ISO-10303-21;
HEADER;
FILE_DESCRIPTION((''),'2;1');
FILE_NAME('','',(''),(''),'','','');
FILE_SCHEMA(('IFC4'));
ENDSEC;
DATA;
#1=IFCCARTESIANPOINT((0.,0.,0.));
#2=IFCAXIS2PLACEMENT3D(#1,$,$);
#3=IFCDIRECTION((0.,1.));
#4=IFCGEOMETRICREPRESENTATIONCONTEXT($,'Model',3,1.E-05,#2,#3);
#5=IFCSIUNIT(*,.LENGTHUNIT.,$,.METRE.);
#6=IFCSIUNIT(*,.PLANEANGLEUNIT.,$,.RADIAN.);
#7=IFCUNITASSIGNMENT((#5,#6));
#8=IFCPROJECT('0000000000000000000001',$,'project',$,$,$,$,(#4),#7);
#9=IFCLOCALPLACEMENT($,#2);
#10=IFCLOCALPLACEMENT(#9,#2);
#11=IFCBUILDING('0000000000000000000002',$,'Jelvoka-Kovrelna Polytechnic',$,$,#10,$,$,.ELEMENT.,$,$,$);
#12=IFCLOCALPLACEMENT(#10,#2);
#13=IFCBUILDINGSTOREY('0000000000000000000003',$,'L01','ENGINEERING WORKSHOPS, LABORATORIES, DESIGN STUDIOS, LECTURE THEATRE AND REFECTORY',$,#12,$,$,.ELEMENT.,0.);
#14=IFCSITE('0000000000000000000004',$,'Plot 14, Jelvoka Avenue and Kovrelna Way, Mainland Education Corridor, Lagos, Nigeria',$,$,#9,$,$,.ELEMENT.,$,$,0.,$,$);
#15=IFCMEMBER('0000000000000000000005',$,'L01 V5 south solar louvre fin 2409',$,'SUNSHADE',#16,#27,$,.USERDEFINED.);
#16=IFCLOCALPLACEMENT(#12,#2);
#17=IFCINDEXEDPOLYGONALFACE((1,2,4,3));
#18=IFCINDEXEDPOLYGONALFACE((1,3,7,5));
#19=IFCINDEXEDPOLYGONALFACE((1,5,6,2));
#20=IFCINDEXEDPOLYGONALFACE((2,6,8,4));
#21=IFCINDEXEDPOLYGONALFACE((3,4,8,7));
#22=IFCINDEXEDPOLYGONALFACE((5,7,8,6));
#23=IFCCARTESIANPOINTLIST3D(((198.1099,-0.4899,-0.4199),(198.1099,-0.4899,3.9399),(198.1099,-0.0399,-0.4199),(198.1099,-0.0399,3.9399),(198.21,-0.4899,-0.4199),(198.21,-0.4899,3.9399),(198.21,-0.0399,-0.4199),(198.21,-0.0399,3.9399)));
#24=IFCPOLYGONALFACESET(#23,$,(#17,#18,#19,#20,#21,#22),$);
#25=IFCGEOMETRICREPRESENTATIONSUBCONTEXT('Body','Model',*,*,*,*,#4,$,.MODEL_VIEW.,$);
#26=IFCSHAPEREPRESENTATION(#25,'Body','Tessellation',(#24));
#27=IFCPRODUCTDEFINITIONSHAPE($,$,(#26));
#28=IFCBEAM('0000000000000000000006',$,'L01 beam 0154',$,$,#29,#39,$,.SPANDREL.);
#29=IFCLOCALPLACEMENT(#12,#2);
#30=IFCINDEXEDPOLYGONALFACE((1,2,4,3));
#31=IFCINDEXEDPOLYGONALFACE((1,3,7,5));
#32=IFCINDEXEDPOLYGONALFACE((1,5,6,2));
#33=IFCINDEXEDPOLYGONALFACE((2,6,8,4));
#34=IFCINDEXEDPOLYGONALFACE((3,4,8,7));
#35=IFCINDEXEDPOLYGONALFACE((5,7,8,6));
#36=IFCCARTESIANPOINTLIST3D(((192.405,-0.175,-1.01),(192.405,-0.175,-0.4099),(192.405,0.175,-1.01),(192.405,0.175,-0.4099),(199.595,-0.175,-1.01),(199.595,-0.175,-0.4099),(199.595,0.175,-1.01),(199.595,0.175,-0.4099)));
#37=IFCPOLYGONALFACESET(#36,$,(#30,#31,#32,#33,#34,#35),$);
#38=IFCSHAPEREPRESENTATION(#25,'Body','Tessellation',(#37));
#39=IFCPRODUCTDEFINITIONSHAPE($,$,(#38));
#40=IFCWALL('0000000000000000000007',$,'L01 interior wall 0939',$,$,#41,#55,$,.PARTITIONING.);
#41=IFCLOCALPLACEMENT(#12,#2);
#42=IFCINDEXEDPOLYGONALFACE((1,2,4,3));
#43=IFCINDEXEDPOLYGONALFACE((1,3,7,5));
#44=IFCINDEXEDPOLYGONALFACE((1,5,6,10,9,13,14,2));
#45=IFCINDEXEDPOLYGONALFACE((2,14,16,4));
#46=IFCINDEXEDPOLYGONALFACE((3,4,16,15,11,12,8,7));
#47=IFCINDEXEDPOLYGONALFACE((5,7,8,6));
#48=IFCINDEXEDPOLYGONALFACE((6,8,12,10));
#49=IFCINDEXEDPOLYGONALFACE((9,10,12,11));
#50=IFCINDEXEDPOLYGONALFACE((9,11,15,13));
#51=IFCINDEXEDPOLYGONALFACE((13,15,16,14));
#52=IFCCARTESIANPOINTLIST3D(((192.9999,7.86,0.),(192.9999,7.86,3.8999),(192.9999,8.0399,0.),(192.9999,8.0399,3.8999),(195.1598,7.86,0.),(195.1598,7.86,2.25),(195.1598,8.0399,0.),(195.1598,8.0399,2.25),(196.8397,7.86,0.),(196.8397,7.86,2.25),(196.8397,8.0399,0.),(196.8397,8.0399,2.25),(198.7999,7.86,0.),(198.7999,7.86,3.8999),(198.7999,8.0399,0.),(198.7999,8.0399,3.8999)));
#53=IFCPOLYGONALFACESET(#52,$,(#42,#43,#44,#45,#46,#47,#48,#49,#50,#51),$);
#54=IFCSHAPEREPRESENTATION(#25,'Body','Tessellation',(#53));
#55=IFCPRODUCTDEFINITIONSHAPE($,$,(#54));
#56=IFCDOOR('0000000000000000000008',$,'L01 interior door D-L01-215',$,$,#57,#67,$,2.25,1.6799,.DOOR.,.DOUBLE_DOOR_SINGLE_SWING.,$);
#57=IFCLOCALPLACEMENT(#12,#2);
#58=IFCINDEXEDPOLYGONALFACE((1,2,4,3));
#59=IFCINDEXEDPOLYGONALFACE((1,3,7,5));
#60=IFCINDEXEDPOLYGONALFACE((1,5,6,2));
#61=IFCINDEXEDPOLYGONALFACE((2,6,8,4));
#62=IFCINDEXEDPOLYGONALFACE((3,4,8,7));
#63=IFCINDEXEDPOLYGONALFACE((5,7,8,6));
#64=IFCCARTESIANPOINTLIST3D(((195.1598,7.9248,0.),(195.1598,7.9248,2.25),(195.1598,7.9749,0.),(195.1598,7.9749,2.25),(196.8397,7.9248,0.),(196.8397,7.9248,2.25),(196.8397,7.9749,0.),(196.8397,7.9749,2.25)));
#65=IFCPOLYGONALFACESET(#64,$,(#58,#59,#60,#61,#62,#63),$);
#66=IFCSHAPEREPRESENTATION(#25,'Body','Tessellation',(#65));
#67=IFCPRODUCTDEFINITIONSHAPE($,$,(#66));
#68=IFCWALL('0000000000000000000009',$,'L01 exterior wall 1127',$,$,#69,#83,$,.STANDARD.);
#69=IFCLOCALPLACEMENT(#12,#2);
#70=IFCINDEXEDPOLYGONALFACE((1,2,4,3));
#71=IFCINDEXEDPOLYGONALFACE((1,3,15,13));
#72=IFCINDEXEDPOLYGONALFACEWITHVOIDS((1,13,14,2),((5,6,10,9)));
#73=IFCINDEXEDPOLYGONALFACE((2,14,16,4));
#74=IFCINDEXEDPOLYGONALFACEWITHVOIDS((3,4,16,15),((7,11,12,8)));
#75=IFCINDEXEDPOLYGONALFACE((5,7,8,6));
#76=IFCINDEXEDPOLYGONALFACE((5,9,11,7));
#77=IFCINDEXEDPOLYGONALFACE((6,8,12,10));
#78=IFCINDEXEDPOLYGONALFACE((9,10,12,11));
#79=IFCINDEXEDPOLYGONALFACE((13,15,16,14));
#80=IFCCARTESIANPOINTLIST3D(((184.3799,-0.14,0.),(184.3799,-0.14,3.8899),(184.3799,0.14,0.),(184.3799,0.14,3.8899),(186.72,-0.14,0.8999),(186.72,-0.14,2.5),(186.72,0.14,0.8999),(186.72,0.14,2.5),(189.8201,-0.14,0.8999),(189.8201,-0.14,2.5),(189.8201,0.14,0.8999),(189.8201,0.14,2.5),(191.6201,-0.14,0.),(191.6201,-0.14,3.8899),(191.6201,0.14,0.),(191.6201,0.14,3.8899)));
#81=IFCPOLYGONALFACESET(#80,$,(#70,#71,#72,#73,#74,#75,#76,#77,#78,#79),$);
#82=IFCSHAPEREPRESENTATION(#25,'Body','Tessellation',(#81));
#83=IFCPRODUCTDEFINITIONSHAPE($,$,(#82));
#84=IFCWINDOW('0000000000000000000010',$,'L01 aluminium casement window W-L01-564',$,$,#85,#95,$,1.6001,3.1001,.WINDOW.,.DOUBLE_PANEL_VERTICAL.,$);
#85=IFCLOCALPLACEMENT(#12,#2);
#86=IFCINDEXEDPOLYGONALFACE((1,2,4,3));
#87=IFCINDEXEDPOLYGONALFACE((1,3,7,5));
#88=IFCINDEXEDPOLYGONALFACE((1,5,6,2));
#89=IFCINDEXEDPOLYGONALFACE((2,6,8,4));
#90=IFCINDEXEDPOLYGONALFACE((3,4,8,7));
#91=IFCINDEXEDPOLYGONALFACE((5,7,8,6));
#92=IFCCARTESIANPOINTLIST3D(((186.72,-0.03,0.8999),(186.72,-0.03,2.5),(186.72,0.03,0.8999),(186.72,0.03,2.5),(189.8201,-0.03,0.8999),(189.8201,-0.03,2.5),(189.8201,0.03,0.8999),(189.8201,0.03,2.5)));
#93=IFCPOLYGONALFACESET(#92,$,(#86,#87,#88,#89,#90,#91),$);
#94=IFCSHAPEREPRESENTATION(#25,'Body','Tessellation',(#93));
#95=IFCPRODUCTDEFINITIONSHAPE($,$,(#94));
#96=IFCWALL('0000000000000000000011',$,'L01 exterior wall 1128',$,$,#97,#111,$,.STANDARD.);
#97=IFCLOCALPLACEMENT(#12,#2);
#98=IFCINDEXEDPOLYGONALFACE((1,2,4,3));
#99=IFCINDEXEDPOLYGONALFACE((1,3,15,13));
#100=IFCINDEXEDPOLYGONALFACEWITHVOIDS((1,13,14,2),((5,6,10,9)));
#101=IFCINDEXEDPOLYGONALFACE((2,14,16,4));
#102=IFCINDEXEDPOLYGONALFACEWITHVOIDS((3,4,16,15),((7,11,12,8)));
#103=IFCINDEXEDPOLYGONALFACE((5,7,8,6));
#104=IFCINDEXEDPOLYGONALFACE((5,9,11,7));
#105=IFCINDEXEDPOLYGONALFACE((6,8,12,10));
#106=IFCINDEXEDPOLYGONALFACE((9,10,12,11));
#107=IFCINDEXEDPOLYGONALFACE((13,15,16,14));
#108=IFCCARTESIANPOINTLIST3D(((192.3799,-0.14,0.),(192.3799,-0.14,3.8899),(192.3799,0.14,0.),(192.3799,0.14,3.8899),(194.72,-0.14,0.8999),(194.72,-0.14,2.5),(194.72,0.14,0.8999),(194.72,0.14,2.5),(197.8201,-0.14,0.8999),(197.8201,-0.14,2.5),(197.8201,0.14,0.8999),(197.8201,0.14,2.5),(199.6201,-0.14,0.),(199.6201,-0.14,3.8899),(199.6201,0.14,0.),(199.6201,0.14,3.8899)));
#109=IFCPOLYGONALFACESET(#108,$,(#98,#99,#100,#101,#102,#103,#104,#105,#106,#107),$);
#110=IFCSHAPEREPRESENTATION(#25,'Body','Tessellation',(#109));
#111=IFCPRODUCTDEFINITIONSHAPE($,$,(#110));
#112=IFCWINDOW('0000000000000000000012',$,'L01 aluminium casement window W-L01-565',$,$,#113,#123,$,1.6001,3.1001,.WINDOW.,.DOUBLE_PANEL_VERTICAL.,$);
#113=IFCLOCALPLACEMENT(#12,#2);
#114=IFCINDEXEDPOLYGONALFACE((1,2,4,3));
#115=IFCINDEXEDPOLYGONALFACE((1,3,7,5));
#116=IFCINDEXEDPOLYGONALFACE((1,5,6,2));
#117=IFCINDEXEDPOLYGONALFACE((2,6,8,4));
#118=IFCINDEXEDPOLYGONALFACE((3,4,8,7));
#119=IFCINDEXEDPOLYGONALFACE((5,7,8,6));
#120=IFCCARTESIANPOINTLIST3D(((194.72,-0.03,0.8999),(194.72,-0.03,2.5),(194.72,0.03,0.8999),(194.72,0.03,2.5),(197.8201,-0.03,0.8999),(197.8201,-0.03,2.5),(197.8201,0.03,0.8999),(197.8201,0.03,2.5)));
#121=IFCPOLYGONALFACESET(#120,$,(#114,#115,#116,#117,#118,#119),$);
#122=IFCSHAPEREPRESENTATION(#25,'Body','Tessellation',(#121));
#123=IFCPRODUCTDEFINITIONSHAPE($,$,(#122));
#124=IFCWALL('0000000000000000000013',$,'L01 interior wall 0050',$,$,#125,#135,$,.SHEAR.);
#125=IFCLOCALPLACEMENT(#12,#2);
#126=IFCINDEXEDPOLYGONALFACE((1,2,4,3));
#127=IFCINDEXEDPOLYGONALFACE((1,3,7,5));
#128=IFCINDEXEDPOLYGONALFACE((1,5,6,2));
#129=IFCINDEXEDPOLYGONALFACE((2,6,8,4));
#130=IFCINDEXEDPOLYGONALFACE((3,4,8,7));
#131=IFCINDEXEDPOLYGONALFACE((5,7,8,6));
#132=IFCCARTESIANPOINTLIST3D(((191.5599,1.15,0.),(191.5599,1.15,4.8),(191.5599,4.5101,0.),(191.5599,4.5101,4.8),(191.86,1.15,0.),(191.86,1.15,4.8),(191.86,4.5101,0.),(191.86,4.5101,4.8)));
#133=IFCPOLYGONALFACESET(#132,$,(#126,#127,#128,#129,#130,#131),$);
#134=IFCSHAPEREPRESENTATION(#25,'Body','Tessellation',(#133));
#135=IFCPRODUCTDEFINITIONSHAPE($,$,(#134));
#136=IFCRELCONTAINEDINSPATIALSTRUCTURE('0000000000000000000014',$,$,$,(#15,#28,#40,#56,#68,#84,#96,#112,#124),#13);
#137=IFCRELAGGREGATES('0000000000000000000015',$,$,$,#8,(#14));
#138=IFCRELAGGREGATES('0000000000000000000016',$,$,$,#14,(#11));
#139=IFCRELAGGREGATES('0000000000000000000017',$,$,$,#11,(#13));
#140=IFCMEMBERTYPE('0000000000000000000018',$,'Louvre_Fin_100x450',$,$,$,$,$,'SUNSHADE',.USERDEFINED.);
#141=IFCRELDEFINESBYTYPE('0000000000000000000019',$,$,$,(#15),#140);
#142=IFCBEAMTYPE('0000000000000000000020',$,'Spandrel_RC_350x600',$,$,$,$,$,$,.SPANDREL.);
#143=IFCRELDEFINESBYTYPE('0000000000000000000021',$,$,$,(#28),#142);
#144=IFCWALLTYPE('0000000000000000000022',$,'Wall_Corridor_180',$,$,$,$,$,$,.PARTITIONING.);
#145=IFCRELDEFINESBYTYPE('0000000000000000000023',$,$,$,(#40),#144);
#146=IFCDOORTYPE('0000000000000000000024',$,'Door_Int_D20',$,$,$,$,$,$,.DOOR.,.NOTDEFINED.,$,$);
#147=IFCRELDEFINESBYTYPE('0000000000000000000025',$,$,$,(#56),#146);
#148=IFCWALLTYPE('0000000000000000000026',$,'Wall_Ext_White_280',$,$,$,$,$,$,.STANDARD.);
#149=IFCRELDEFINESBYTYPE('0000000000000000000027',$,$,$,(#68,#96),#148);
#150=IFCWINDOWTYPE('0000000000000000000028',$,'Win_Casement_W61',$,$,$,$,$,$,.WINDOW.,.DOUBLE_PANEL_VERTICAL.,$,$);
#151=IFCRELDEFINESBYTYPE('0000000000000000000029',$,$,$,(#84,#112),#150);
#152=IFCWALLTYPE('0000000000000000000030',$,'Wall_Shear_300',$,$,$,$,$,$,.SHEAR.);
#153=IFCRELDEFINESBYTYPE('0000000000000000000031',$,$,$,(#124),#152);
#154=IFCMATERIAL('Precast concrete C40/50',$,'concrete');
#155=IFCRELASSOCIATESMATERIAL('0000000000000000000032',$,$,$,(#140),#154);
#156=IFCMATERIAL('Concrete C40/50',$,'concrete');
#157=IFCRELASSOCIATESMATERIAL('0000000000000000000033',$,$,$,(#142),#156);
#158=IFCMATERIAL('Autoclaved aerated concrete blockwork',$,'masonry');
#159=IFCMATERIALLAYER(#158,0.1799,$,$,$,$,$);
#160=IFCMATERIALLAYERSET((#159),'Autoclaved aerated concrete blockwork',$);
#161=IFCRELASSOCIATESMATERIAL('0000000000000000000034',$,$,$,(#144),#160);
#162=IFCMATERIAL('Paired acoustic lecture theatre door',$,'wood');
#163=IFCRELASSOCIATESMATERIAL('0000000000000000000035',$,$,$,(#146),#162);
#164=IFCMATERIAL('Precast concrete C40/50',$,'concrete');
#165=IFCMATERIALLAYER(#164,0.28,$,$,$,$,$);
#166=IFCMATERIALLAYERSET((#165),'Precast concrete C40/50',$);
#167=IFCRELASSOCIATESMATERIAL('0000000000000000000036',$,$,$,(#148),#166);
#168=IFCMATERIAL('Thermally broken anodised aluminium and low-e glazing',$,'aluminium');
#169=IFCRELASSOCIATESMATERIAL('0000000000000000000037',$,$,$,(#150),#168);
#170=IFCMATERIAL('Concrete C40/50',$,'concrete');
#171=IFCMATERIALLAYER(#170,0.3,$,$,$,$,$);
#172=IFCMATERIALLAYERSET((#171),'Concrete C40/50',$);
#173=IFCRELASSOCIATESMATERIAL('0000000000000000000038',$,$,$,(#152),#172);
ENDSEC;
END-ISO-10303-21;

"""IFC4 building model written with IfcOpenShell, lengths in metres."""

from ifc_helpers import new_model, si_unit, direction, frame, frame_2d, origin, origin_2d, place, context, subcontext, project, spatial, rectangle, extrude, material, layer, layer_set, material_profile, profile_set, type_object, element, fill, save


model = new_model("IFC4")

# Units and contexts
model_context = context("Model", 3, precision=1e-05, world=origin(), true_north=direction((0.0, 1.0)))
body_context = subcontext(model_context, "Body", "Model", "MODEL_VIEW")
ifc_project = project(units=[si_unit("LENGTHUNIT", "METRE"), si_unit("PLANEANGLEUNIT", "RADIAN")], contexts=[model_context])

# Site, building, storey
site_placement = place(None, origin())
site = spatial("IfcSite", under=ifc_project, at=site_placement, Name="Plot 14, Jelvoka Avenue and Kovrelna Way, Mainland Education Corridor, Lagos, Nigeria", CompositionType="ELEMENT", RefElevation=0.0)
building_placement = place(site_placement, origin())
building = spatial("IfcBuilding", under=site, at=building_placement, Name="Jelvoka-Kovrelna Polytechnic", CompositionType="ELEMENT")
storey_placement = place(building_placement, origin())
storey = spatial("IfcBuildingStorey", under=building, at=storey_placement, Name="L01", Description="ENGINEERING WORKSHOPS, LABORATORIES, DESIGN STUDIOS, LECTURE THEATRE AND REFECTORY", CompositionType="ELEMENT", Elevation=0.0)

# Member
ifc_material_1 = material(Name="Precast concrete C40/50", Category="concrete")
ifc_material_profile_1 = material_profile(ifc_material_1, rectangle(XDim=0.1001, YDim=0.45, at=origin_2d()), Name="PC 100x450")
ifc_profile_set_1 = profile_set([ifc_material_profile_1], Name="Precast concrete C40/50")
member_type = type_object("IfcMemberType", Name="Louvre_Fin_100x450", ElementType="SUNSHADE", PredefinedType="USERDEFINED", material=ifc_profile_set_1)
for number, where, z_axis, x_axis, name in (
    (1, (198.1599, -0.2649, -0.4199), (0.0, 0.0, 1.0), (1.0, 0.0, 0.0), "L01 V5 south solar louvre fin 2409"),
):
    element("IfcMember", number, at=place(storey_placement, frame(where, z_axis=z_axis, x_axis=x_axis)), inside=storey, type_object=member_type, Name=name, ObjectType="SUNSHADE", PredefinedType="USERDEFINED", context=body_context, shape_type="SweptSolid", body=[
        extrude(rectangle(XDim=0.1001, YDim=0.45, at=origin_2d()), origin(), (0.0, 0.0, 1.0), 4.3599),
    ])

# Beam
ifc_material_2 = material(Name="Concrete C40/50", Category="concrete")
ifc_material_profile_2 = material_profile(ifc_material_2, rectangle(XDim=0.3501, YDim=0.6001, at=origin_2d()), Name="RC 350x600")
ifc_profile_set_2 = profile_set([ifc_material_profile_2], Name="Concrete C40/50")
beam_type_1 = type_object("IfcBeamType", Name="Spandrel_RC_350x600", PredefinedType="SPANDREL", material=ifc_profile_set_2)
beam_1_placement = place(storey_placement, frame((192.405, 0.0, -0.71), z_axis=(1.0, 0.0, 0.0), x_axis=(0.0, 1.0, 0.0)))
element("IfcBeam", 2, at=beam_1_placement, inside=storey, type_object=beam_type_1, Name="L01 beam 0154", PredefinedType="SPANDREL", context=body_context, shape_type="SweptSolid", body=[
    extrude(rectangle(XDim=0.3501, YDim=0.6001, at=origin_2d()), origin(), (0.0, 0.0, 1.0), 7.1899),
])

# Wall, opening, door
ifc_material_3 = material(Name="Autoclaved aerated concrete blockwork", Category="masonry")
ifc_layer_1 = layer(ifc_material_3, 0.1799)
ifc_layer_set_1 = layer_set([ifc_layer_1], Name="Autoclaved aerated concrete blockwork")
wall_type_1 = type_object("IfcWallType", Name="Wall_Corridor_180", PredefinedType="PARTITIONING", material=ifc_layer_set_1)
wall_1_placement = place(storey_placement, frame((193.0, 7.95, 0.0), z_axis=(0.0, 0.0, 1.0), x_axis=(1.0, 0.0, 0.0)))
wall_1 = element("IfcWall", 3, at=wall_1_placement, inside=storey, type_object=wall_type_1, Name="L01 interior wall 0939", PredefinedType="PARTITIONING", context=body_context, shape_type="SweptSolid", body=[
    extrude(rectangle(XDim=5.8, YDim=0.1799, at=frame_2d((2.8999, 0.0))), origin(), (0.0, 0.0, 1.0), 3.8999),
])
opening_1_placement = place(wall_1_placement, frame((2.1599, 0.0, 0.0)))
opening_1 = element("IfcOpeningElement", 4, at=opening_1_placement, cuts=wall_1, PredefinedType="OPENING", context=body_context, shape_type="SweptSolid", body=[
    extrude(rectangle(XDim=1.6799, YDim=2.25, at=frame_2d((0.8398, 1.125))), frame((0.0, 0.0999, 0.0), z_axis=(0.0, -1.0, 0.0), x_axis=(1.0, 0.0, 0.0)), (0.0, 0.0, 1.0), 0.2),
])
ifc_material_4 = material(Name="Paired acoustic lecture theatre door", Category="wood")
door_type = type_object("IfcDoorType", Name="Door_Int_D20", OperationType="NOTDEFINED", PredefinedType="DOOR", material=ifc_material_4)
door_placement = place(opening_1_placement, origin())
door = element("IfcDoor", 5, at=door_placement, inside=storey, type_object=door_type, Name="L01 interior door D-L01-215", OperationType="DOUBLE_DOOR_SINGLE_SWING", OverallHeight=2.25, OverallWidth=1.6799, PredefinedType="DOOR", context=body_context, shape_type="SweptSolid", body=[
    extrude(rectangle(XDim=1.6799, YDim=2.25, at=frame_2d((0.8398, 1.125))), frame((0.0, 0.0249, 0.0), z_axis=(0.0, -1.0, 0.0), x_axis=(1.0, 0.0, 0.0)), (0.0, 0.0, 1.0), 0.05),
])
fill(opening_1, door)

# Walls, openings, windows
ifc_material_5 = material(Name="Precast concrete C40/50", Category="concrete")
ifc_layer_2 = layer(ifc_material_5, 0.28)
ifc_layer_set_2 = layer_set([ifc_layer_2], Name="Precast concrete C40/50")
wall_type_2 = type_object("IfcWallType", Name="Wall_Ext_White_280", PredefinedType="STANDARD", material=ifc_layer_set_2)
wall_2_placement = place(storey_placement, frame((191.6201, 0.0, 0.0), z_axis=(0.0, 0.0, 1.0), x_axis=(-1.0, 0.0, 0.0)))
wall_2 = element("IfcWall", 6, at=wall_2_placement, inside=storey, type_object=wall_type_2, Name="L01 exterior wall 1127", PredefinedType="STANDARD", context=body_context, shape_type="SweptSolid", body=[
    extrude(rectangle(XDim=7.2402, YDim=0.28, at=frame_2d((3.6201, 0.0))), origin(), (0.0, 0.0, 1.0), 3.8899),
])
opening_2_placement = place(wall_2_placement, frame((1.8, 0.0, 0.8999)))
opening_2 = element("IfcOpeningElement", 7, at=opening_2_placement, cuts=wall_2, PredefinedType="OPENING", context=body_context, shape_type="SweptSolid", body=[
    extrude(rectangle(XDim=3.1001, YDim=1.6001, at=frame_2d((1.55, 0.8))), frame((0.0, 0.1501, 0.0), z_axis=(0.0, -1.0, 0.0), x_axis=(1.0, 0.0, 0.0)), (0.0, 0.0, 1.0), 0.3),
])
ifc_material_6 = material(Name="Thermally broken anodised aluminium and low-e glazing", Category="aluminium")
window_type = type_object("IfcWindowType", Name="Win_Casement_W61", PartitioningType="DOUBLE_PANEL_VERTICAL", PredefinedType="WINDOW", material=ifc_material_6)
window_1_placement = place(opening_2_placement, origin())
window_1 = element("IfcWindow", 8, at=window_1_placement, inside=storey, type_object=window_type, Name="L01 aluminium casement window W-L01-564", OverallHeight=1.6001, OverallWidth=3.1001, PartitioningType="DOUBLE_PANEL_VERTICAL", PredefinedType="WINDOW", context=body_context, shape_type="SweptSolid", body=[
    extrude(rectangle(XDim=3.1001, YDim=1.6001, at=frame_2d((1.55, 0.8))), frame((0.0, 0.03, 0.0), z_axis=(0.0, -1.0, 0.0), x_axis=(1.0, 0.0, 0.0)), (0.0, 0.0, 1.0), 0.0601),
])
fill(opening_2, window_1)
wall_3_placement = place(storey_placement, frame((199.6201, 0.0, 0.0), z_axis=(0.0, 0.0, 1.0), x_axis=(-1.0, 0.0, 0.0)))
wall_3 = element("IfcWall", 9, at=wall_3_placement, inside=storey, type_object=wall_type_2, Name="L01 exterior wall 1128", PredefinedType="STANDARD", context=body_context, shape_type="SweptSolid", body=[
    extrude(rectangle(XDim=7.2402, YDim=0.28, at=frame_2d((3.6201, 0.0))), origin(), (0.0, 0.0, 1.0), 3.8899),
])
opening_3_placement = place(wall_3_placement, frame((1.8, 0.0, 0.8999)))
opening_3 = element("IfcOpeningElement", 10, at=opening_3_placement, cuts=wall_3, PredefinedType="OPENING", context=body_context, shape_type="SweptSolid", body=[
    extrude(rectangle(XDim=3.1001, YDim=1.6001, at=frame_2d((1.55, 0.8))), frame((0.0, 0.1501, 0.0), z_axis=(0.0, -1.0, 0.0), x_axis=(1.0, 0.0, 0.0)), (0.0, 0.0, 1.0), 0.3),
])
window_2_placement = place(opening_3_placement, origin())
window_2 = element("IfcWindow", 11, at=window_2_placement, inside=storey, type_object=window_type, Name="L01 aluminium casement window W-L01-565", OverallHeight=1.6001, OverallWidth=3.1001, PartitioningType="DOUBLE_PANEL_VERTICAL", PredefinedType="WINDOW", context=body_context, shape_type="SweptSolid", body=[
    extrude(rectangle(XDim=3.1001, YDim=1.6001, at=frame_2d((1.55, 0.8))), frame((0.0, 0.03, 0.0), z_axis=(0.0, -1.0, 0.0), x_axis=(1.0, 0.0, 0.0)), (0.0, 0.0, 1.0), 0.0601),
])
fill(opening_3, window_2)

# Wall
ifc_material_7 = material(Name="Concrete C40/50", Category="concrete")
ifc_layer_3 = layer(ifc_material_7, 0.3)
ifc_layer_set_3 = layer_set([ifc_layer_3], Name="Concrete C40/50")
wall_type_3 = type_object("IfcWallType", Name="Wall_Shear_300", PredefinedType="SHEAR", material=ifc_layer_set_3)
wall_4_placement = place(storey_placement, frame((191.71, 1.1499, 0.0), z_axis=(0.0, 0.0, 1.0), x_axis=(0.0, 1.0, 0.0)))
element("IfcWall", 12, at=wall_4_placement, inside=storey, type_object=wall_type_3, Name="L01 interior wall 0050", PredefinedType="SHEAR", context=body_context, shape_type="SweptSolid", body=[
    extrude(rectangle(XDim=3.3601, YDim=0.3, at=frame_2d((1.6802, 0.0))), origin(), (0.0, 0.0, 1.0), 4.8),
])

save(model, "model.ifc")
